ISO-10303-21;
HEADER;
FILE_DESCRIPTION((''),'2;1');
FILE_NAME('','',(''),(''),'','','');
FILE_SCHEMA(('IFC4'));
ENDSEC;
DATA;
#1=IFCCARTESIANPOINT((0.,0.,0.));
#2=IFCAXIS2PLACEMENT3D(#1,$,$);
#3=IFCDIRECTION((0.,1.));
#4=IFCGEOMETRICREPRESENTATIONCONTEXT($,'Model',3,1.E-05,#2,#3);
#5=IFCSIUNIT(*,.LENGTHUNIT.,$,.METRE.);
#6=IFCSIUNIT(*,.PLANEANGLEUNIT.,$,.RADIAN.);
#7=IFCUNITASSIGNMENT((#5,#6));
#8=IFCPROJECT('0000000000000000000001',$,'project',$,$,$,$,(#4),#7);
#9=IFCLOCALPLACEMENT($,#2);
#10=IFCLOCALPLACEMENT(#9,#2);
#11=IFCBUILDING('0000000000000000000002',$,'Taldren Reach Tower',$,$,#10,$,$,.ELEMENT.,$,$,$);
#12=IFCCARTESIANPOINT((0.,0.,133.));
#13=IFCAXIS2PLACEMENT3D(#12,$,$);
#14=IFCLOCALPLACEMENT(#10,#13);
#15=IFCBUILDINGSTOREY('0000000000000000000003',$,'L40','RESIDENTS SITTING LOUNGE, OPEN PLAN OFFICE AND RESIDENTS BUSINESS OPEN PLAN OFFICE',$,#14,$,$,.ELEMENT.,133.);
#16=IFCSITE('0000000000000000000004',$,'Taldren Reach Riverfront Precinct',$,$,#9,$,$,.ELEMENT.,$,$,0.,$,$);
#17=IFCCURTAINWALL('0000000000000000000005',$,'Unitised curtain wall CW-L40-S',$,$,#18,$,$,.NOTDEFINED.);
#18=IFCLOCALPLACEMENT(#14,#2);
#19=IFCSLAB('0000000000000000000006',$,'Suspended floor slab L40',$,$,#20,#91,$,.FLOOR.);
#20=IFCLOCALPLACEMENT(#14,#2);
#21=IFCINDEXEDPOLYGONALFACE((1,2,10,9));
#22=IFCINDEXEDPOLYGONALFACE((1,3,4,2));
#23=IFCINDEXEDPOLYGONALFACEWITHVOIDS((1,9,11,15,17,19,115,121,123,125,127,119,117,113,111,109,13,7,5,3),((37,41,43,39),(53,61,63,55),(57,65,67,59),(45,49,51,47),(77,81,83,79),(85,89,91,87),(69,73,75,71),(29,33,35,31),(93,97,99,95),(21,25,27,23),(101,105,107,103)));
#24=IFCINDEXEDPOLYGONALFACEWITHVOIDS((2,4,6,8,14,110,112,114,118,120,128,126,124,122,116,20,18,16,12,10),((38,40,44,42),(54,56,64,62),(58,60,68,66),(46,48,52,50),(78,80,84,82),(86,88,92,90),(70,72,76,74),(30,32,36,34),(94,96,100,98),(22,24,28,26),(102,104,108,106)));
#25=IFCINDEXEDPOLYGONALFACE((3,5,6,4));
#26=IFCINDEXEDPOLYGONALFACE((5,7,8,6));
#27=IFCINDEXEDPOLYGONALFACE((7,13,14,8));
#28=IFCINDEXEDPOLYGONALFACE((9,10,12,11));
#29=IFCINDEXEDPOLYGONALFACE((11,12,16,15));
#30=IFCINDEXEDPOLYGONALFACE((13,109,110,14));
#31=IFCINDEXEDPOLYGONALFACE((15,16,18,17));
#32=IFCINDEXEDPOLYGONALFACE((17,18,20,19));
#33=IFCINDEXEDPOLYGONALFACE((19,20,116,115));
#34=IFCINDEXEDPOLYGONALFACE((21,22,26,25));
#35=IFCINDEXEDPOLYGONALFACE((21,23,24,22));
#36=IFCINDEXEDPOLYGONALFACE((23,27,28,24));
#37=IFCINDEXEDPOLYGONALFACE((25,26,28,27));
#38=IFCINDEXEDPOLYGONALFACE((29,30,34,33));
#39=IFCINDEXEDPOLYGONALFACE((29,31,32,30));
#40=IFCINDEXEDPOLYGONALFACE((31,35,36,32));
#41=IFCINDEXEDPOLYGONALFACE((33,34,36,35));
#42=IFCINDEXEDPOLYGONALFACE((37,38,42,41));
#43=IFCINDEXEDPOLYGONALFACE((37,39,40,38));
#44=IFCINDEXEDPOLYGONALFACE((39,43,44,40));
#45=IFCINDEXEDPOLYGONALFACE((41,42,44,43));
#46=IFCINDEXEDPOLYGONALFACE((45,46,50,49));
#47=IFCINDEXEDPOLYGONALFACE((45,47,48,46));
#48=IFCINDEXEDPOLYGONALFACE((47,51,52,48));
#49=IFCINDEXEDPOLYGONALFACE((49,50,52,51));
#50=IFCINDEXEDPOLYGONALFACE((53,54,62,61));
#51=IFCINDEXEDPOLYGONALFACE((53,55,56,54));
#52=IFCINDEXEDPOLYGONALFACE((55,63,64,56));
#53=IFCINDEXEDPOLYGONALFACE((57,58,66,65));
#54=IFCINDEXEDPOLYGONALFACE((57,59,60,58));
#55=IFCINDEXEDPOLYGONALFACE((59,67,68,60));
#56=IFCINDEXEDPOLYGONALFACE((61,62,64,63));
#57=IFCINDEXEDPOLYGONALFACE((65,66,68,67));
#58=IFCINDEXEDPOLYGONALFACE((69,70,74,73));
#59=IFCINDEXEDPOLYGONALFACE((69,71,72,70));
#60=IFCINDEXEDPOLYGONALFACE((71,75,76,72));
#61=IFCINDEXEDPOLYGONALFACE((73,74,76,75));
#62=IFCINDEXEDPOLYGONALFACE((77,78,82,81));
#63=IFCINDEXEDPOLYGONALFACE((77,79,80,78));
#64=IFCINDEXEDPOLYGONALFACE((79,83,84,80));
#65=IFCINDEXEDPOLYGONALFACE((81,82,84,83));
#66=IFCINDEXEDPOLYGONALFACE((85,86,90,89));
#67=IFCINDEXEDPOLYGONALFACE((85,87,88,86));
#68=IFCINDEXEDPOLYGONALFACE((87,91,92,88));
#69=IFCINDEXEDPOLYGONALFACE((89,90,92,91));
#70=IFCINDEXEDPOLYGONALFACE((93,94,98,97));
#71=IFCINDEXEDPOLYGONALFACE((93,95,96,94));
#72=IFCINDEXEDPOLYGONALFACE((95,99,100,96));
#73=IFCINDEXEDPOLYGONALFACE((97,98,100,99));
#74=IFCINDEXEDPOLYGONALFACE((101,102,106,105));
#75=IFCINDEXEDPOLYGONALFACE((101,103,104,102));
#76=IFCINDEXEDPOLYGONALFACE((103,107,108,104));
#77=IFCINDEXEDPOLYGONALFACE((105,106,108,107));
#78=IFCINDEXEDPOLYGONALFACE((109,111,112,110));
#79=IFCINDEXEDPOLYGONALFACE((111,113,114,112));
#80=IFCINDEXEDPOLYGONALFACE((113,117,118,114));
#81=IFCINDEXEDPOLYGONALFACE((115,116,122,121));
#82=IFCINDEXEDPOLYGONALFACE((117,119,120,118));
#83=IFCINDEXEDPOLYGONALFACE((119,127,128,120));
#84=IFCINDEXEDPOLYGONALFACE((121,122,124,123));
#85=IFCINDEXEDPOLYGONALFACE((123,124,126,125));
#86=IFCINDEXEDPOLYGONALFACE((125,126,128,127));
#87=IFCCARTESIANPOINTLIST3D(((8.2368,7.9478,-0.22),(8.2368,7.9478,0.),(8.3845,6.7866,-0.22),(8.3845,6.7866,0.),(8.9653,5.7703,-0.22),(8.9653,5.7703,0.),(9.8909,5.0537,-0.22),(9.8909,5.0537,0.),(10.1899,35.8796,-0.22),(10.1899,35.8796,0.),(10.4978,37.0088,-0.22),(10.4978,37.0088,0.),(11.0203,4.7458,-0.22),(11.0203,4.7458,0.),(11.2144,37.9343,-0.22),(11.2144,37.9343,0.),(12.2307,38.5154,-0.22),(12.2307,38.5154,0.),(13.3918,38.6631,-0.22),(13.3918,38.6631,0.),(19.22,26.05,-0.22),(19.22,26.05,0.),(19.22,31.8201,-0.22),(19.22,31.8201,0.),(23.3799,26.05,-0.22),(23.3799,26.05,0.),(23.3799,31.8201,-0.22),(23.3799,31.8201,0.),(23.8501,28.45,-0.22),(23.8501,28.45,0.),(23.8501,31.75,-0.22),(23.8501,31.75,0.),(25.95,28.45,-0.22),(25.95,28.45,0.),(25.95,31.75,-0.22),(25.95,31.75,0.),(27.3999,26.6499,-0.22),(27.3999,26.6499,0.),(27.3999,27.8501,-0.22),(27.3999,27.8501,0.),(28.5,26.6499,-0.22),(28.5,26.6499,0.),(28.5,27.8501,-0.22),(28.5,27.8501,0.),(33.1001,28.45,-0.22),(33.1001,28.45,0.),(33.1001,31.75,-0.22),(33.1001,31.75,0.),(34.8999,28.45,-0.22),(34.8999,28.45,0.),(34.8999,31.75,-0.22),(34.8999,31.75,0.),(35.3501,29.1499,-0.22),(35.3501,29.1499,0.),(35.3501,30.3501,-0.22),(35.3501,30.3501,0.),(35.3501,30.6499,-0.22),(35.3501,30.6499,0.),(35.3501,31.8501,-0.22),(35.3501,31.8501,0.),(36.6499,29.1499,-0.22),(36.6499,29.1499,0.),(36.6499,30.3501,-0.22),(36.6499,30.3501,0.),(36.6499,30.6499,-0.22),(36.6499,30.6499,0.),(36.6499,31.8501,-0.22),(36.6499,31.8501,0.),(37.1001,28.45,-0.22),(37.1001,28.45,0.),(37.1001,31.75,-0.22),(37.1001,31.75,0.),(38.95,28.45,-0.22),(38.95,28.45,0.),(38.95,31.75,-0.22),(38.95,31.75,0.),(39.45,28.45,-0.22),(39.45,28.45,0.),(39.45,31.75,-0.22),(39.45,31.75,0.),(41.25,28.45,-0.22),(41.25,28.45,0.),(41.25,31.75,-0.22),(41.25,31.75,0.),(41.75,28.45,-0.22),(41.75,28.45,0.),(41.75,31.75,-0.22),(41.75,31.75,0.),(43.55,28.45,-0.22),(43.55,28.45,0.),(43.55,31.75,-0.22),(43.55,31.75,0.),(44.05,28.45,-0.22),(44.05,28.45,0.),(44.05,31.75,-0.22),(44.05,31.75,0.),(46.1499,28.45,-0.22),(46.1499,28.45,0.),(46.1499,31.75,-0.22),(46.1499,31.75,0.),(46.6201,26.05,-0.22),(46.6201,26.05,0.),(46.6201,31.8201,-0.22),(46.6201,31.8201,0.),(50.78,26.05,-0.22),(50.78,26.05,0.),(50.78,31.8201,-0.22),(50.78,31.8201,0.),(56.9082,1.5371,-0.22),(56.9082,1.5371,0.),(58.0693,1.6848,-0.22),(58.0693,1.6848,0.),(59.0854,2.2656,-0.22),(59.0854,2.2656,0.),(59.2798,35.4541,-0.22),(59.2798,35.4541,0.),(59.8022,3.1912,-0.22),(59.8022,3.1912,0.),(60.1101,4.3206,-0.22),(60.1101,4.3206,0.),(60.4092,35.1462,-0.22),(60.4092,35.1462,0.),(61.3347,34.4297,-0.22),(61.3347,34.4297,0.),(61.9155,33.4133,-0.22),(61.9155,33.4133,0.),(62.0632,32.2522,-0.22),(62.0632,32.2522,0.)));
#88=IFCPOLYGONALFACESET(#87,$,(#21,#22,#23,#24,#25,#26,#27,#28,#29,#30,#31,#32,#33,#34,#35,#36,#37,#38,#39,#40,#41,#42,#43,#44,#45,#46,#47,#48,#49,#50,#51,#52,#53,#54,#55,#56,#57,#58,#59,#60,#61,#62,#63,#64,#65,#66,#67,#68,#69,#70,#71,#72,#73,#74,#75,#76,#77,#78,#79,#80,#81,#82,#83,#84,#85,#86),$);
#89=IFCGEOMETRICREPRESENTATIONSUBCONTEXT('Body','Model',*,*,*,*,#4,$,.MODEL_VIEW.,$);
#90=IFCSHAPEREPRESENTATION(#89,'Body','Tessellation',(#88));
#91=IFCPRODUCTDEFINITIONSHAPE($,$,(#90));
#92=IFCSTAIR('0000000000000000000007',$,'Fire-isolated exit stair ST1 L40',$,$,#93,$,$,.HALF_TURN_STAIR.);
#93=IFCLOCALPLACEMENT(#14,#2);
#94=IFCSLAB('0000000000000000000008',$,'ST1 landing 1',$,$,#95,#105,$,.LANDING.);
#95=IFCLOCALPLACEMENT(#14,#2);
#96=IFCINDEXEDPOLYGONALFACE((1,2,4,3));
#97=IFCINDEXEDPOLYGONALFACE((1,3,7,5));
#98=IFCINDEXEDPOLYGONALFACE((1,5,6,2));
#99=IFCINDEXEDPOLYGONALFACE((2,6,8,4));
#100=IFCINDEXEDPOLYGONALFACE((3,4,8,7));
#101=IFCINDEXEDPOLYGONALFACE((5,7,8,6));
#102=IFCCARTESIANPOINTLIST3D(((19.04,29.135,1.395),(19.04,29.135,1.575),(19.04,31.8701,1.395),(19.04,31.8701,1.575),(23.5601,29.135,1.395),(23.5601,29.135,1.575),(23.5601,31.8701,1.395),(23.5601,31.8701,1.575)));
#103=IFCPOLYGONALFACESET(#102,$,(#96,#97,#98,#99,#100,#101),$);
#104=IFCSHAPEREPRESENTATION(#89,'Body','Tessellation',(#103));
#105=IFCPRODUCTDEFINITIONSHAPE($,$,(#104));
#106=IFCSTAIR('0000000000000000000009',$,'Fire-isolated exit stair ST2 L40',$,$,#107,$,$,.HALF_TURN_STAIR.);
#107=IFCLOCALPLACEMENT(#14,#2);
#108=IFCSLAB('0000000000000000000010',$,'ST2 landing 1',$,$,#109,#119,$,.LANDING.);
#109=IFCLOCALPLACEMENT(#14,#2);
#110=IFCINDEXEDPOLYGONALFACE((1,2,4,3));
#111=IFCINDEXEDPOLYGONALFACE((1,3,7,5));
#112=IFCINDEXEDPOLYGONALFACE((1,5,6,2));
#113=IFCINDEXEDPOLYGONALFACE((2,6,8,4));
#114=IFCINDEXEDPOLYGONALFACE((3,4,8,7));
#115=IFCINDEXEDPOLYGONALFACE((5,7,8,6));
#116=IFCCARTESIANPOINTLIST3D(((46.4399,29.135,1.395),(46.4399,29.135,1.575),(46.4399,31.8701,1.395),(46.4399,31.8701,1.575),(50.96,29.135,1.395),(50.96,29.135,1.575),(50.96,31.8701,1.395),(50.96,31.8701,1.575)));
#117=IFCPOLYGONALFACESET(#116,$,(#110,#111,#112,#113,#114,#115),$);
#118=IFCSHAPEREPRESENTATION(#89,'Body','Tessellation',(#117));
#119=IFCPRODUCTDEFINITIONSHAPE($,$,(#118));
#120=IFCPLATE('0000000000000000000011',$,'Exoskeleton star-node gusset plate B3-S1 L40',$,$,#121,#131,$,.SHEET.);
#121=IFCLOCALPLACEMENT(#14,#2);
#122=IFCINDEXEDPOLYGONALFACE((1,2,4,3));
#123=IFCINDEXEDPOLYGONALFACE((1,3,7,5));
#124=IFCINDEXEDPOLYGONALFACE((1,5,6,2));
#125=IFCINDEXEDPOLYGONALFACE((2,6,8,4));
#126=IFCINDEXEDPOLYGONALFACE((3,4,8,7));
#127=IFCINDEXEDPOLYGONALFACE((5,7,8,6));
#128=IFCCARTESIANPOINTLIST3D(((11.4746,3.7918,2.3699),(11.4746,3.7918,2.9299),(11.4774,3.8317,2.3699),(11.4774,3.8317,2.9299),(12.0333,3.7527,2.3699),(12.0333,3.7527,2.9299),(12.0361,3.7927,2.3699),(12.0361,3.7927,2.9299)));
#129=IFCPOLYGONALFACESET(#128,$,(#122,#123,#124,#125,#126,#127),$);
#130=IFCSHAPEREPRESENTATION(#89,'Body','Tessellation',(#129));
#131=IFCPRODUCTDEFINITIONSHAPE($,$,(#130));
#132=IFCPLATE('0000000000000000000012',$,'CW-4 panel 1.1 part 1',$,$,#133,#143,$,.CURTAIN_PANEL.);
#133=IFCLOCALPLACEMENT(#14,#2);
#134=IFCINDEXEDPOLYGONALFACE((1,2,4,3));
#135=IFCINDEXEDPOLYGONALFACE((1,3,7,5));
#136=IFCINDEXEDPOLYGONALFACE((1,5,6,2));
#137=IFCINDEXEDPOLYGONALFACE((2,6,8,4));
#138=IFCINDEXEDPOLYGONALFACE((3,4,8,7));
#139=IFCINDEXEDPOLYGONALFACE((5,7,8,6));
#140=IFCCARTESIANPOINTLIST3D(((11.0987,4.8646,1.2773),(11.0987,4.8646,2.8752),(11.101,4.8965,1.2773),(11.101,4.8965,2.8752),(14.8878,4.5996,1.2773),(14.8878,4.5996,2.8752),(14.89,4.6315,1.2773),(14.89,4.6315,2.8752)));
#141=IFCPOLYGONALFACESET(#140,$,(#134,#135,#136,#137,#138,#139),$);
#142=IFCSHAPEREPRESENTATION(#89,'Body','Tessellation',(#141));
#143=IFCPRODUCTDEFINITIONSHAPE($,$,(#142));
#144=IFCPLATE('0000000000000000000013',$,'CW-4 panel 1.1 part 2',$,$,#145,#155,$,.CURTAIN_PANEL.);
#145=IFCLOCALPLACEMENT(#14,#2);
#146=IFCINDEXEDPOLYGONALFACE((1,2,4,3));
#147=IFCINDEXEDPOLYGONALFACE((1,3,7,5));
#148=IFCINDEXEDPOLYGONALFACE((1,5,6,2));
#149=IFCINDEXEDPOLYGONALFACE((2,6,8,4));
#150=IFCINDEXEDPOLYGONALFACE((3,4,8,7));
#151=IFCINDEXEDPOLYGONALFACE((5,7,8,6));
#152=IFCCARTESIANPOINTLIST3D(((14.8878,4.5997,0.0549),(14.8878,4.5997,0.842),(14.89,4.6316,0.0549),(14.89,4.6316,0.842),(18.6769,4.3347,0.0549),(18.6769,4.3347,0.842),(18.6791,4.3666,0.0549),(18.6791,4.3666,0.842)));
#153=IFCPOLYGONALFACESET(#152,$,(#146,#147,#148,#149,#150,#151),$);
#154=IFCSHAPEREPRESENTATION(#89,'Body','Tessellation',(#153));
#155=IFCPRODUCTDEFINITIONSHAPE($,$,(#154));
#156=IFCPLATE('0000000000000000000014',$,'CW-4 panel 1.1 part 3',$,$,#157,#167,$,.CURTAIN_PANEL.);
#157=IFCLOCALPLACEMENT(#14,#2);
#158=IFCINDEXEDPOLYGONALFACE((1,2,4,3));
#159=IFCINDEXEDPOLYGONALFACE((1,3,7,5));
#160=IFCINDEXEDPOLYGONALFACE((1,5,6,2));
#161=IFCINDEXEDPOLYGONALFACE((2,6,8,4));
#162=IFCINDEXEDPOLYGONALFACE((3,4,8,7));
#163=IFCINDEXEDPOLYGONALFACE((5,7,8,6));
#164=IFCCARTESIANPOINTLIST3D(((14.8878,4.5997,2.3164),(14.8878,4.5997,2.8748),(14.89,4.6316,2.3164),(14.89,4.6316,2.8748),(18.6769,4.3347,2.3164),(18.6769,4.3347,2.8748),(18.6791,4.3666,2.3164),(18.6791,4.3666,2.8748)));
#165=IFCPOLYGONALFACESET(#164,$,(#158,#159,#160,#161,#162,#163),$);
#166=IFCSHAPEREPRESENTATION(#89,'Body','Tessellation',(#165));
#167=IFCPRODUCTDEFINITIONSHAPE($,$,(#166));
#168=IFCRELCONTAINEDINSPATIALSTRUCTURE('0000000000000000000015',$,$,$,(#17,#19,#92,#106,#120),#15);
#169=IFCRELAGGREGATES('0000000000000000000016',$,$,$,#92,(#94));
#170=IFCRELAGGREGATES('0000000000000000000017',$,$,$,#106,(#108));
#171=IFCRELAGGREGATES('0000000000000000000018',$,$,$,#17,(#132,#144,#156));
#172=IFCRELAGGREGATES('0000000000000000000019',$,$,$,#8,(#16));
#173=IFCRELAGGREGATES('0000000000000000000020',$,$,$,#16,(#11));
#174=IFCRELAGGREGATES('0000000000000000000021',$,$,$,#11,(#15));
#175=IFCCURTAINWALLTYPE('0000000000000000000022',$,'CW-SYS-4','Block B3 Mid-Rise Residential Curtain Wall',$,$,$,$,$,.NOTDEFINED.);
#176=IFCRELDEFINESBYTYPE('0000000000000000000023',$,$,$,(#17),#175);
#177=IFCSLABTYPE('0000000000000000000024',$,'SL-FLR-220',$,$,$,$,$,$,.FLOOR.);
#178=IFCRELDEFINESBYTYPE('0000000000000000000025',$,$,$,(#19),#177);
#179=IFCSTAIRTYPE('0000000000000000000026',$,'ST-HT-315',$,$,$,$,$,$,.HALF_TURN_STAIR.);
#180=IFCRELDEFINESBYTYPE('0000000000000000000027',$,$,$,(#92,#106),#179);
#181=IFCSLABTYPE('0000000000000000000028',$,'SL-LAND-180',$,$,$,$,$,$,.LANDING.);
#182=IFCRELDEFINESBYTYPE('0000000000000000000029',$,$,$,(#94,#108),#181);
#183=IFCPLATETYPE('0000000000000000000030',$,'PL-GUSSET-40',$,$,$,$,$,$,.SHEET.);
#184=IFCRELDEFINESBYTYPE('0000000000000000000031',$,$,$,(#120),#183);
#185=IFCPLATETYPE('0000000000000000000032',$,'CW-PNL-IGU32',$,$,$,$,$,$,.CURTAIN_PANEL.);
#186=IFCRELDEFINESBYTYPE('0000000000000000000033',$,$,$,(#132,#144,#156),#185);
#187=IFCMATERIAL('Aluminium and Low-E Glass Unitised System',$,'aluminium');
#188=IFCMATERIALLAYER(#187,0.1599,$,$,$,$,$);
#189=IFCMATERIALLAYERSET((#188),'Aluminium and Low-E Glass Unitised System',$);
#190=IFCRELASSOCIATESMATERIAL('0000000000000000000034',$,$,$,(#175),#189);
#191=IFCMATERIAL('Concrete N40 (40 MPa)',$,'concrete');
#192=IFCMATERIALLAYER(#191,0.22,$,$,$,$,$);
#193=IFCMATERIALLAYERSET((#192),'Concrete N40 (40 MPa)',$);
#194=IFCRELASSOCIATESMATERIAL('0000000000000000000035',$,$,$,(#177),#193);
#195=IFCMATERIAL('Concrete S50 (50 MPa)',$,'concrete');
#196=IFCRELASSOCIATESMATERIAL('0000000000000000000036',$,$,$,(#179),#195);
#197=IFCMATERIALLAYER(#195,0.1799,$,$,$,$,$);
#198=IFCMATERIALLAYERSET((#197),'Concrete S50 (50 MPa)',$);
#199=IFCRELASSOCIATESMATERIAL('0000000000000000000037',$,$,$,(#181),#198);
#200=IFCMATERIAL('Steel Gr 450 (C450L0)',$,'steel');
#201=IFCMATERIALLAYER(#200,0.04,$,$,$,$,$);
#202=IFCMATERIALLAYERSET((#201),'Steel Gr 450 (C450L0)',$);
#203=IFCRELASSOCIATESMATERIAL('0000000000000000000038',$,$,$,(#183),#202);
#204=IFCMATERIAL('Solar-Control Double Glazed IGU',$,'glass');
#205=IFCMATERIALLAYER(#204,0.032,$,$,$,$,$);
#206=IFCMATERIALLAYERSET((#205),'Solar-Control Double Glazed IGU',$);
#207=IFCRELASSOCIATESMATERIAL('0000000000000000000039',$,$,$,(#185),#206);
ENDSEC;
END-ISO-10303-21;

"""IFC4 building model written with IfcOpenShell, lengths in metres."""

from ifc_helpers import new_model, si_unit, direction, frame, origin, origin_2d, place, context, subcontext, project, spatial, polyline, rectangle, outline, extrude, source, transform, mapped, material, layer, layer_set, type_object, element, aggregate, save


model = new_model("IFC4")

# Units and contexts
model_context = context("Model", 3, precision=1e-05, world=origin(), true_north=direction((0.0, 1.0)))
body_context = subcontext(model_context, "Body", "Model", "MODEL_VIEW")
ifc_project = project(units=[si_unit("LENGTHUNIT", "METRE"), si_unit("PLANEANGLEUNIT", "RADIAN")], contexts=[model_context])

# Site, building, storey
site_placement = place(None, origin())
site = spatial("IfcSite", under=ifc_project, at=site_placement, Name="Taldren Reach Riverfront Precinct", CompositionType="ELEMENT", RefElevation=0.0)
building_placement = place(site_placement, origin())
building = spatial("IfcBuilding", under=site, at=building_placement, Name="Taldren Reach Tower", CompositionType="ELEMENT")
storey_placement = place(building_placement, frame((0.0, 0.0, 133.0)))
storey = spatial("IfcBuildingStorey", under=building, at=storey_placement, Name="L40", Description="RESIDENTS SITTING LOUNGE, OPEN PLAN OFFICE AND RESIDENTS BUSINESS OPEN PLAN OFFICE", CompositionType="ELEMENT", Elevation=133.0)

# Shared definitions
ifc_material_1 = material(Name="Steel Gr 450 (C450L0)", Category="steel")

# Curtain wall
ifc_material_2 = material(Name="Aluminium and Low-E Glass Unitised System", Category="aluminium")
ifc_layer_1 = layer(ifc_material_2, 0.1599)
ifc_layer_set_1 = layer_set([ifc_layer_1], Name="Aluminium and Low-E Glass Unitised System")
curtain_wall_type = type_object("IfcCurtainWallType", Name="CW-SYS-4", Description="Block B3 Mid-Rise Residential Curtain Wall", PredefinedType="NOTDEFINED", material=ifc_layer_set_1)
curtain_wall_1_placement = place(storey_placement, origin())
curtain_wall_1 = element("IfcCurtainWall", 1, at=curtain_wall_1_placement, inside=storey, type_object=curtain_wall_type, Name="Unitised curtain wall CW-L40-S", PredefinedType="NOTDEFINED")

# Slab
ifc_material_3 = material(Name="Concrete N40 (40 MPa)", Category="concrete")
ifc_layer_2 = layer(ifc_material_3, 0.22)
ifc_layer_set_2 = layer_set([ifc_layer_2], Name="Concrete N40 (40 MPa)")
slab_type_1 = type_object("IfcSlabType", Name="SL-FLR-220", PredefinedType="FLOOR", material=ifc_layer_set_2)
slab_1_placement = place(storey_placement, frame((0.0, 0.0, -0.22)))
element("IfcSlab", 2, at=slab_1_placement, inside=storey, type_object=slab_type_1, Name="Suspended floor slab L40", PredefinedType="FLOOR", context=body_context, shape_type="SweptSolid", body=[
    extrude(outline(polyline([(56.9082, 1.5371), (58.0693, 1.6848), (59.0854, 2.2656), (59.8022, 3.1912), (60.1101, 4.3206), (62.0632, 32.2522), (61.9155, 33.4133), (61.3347, 34.4297), (60.4092, 35.1462), (59.2798, 35.4541), (13.3918, 38.6631), (12.2307, 38.5154), (11.2144, 37.9343), (10.4978, 37.0088), (10.1899, 35.8796), (8.2368, 7.9478), (8.3845, 6.7866), (8.9653, 5.7703), (9.8909, 5.0537), (11.0203, 4.7458), (56.9082, 1.5371)]), holes=[polyline([(19.22, 26.05), (23.3799, 26.05), (23.3799, 31.8201), (19.22, 31.8201), (19.22, 26.05)]), polyline([(46.6201, 26.05), (50.78, 26.05), (50.78, 31.8201), (46.6201, 31.8201), (46.6201, 26.05)]), polyline([(23.8501, 28.45), (25.95, 28.45), (25.95, 31.75), (23.8501, 31.75), (23.8501, 28.45)]), polyline([(44.05, 28.45), (46.1499, 28.45), (46.1499, 31.75), (44.05, 31.75), (44.05, 28.45)]), polyline([(33.1001, 28.45), (34.8999, 28.45), (34.8999, 31.75), (33.1001, 31.75), (33.1001, 28.45)]), polyline([(37.1001, 28.45), (38.95, 28.45), (38.95, 31.75), (37.1001, 31.75), (37.1001, 28.45)]), polyline([(39.45, 28.45), (41.25, 28.45), (41.25, 31.75), (39.45, 31.75), (39.45, 28.45)]), polyline([(41.75, 28.45), (43.55, 28.45), (43.55, 31.75), (41.75, 31.75), (41.75, 28.45)]), polyline([(35.3501, 30.6499), (36.6499, 30.6499), (36.6499, 31.8501), (35.3501, 31.8501), (35.3501, 30.6499)]), polyline([(35.3501, 29.1499), (36.6499, 29.1499), (36.6499, 30.3501), (35.3501, 30.3501), (35.3501, 29.1499)]), polyline([(27.3999, 26.6499), (28.5, 26.6499), (28.5, 27.8501), (27.3999, 27.8501), (27.3999, 26.6499)])]), origin(), (0.0, 0.0, 1.0), 0.22),
])

# Stairs, slabs
ifc_material_4 = material(Name="Concrete S50 (50 MPa)", Category="concrete")
stair_type = type_object("IfcStairType", Name="ST-HT-315", PredefinedType="HALF_TURN_STAIR", material=ifc_material_4)
stair_1_placement = place(storey_placement, origin())
stair_1 = element("IfcStair", 3, at=stair_1_placement, inside=storey, type_object=stair_type, Name="Fire-isolated exit stair ST1 L40", PredefinedType="HALF_TURN_STAIR")
ifc_layer_3 = layer(ifc_material_4, 0.1799)
ifc_layer_set_3 = layer_set([ifc_layer_3], Name="Concrete S50 (50 MPa)")
slab_type_2 = type_object("IfcSlabType", Name="SL-LAND-180", PredefinedType="LANDING", material=ifc_layer_set_3)
slab_2_placement = place(storey_placement, frame((0.0, 0.0, 1.395)))
slab_2 = element("IfcSlab", 4, at=slab_2_placement, type_object=slab_type_2, Name="ST1 landing 1", PredefinedType="LANDING", context=body_context, shape_type="SweptSolid", body=[
    extrude(outline(polyline([(19.04, 29.135), (23.5601, 29.135), (23.5601, 31.8701), (19.04, 31.8701), (19.04, 29.135)])), origin(), (0.0, 0.0, 1.0), 0.1799),
])
aggregate(stair_1, [slab_2])
stair_2_placement = place(storey_placement, origin())
stair_2 = element("IfcStair", 5, at=stair_2_placement, inside=storey, type_object=stair_type, Name="Fire-isolated exit stair ST2 L40", PredefinedType="HALF_TURN_STAIR")
slab_3_placement = place(storey_placement, frame((0.0, 0.0, 1.395)))
slab_3 = element("IfcSlab", 6, at=slab_3_placement, type_object=slab_type_2, Name="ST2 landing 1", PredefinedType="LANDING", context=body_context, shape_type="SweptSolid", body=[
    extrude(outline(polyline([(46.4399, 29.135), (50.96, 29.135), (50.96, 31.8701), (46.4399, 31.8701), (46.4399, 29.135)])), origin(), (0.0, 0.0, 1.0), 0.1799),
])
aggregate(stair_2, [slab_3])

# Plates
ifc_layer_4 = layer(ifc_material_1, 0.04)
ifc_layer_set_4 = layer_set([ifc_layer_4], Name="Steel Gr 450 (C450L0)")
plate_type_1 = type_object("IfcPlateType", Name="PL-GUSSET-40", PredefinedType="SHEET", material=ifc_layer_set_4)
shared_shape_1 = source(origin(), body_context, "Body", "SweptSolid", [
    extrude(rectangle(XDim=0.5601, YDim=0.04, at=origin_2d()), origin(), (0.0, 0.0, 1.0), 0.5601),
])
plate_1_placement = place(storey_placement, frame((11.7554, 3.7922, 2.3699), z_axis=(0.0, 0.0, 1.0), x_axis=(0.997564, -0.069756, 0.0)))
element("IfcPlate", 7, at=plate_1_placement, inside=storey, type_object=plate_type_1, Name="Exoskeleton star-node gusset plate B3-S1 L40", PredefinedType="SHEET", context=body_context, shape_type="MappedRepresentation", body=[
    mapped(shared_shape_1, transform((0.0, 0.0, 0.0), scale=1.0)),
])
ifc_material_5 = material(Name="Solar-Control Double Glazed IGU", Category="glass")
ifc_layer_5 = layer(ifc_material_5, 0.032)
ifc_layer_set_5 = layer_set([ifc_layer_5], Name="Solar-Control Double Glazed IGU")
plate_type_2 = type_object("IfcPlateType", Name="CW-PNL-IGU32", PredefinedType="CURTAIN_PANEL", material=ifc_layer_set_5)
shared_shape_2 = source(origin(), body_context, "Body", "SweptSolid", [
    extrude(rectangle(XDim=3.7983, YDim=0.032, at=origin_2d()), origin(), (0.0, 0.0, 1.0), 1.5979),
])
plate_2_placement = place(storey_placement, frame((12.9944, 4.748, 1.2773), z_axis=(0.0, 0.0, 1.0), x_axis=(0.997564, -0.069757, 0.0)))
plate_2 = element("IfcPlate", 8, at=plate_2_placement, type_object=plate_type_2, Name="CW-4 panel 1.1 part 1", PredefinedType="CURTAIN_PANEL", context=body_context, shape_type="MappedRepresentation", body=[
    mapped(shared_shape_2, transform((0.0, 0.0, 0.0), scale=1.0)),
])
shared_shape_3 = source(origin(), body_context, "Body", "SweptSolid", [
    extrude(rectangle(XDim=3.7983, YDim=0.032, at=origin_2d()), origin(), (0.0, 0.0, 1.0), 0.7871),
])
plate_3_placement = place(storey_placement, frame((16.7834, 4.4832, 0.0549), z_axis=(0.0, 0.0, 1.0), x_axis=(0.997564, -0.069757, 0.0)))
plate_3 = element("IfcPlate", 9, at=plate_3_placement, type_object=plate_type_2, Name="CW-4 panel 1.1 part 2", PredefinedType="CURTAIN_PANEL", context=body_context, shape_type="MappedRepresentation", body=[
    mapped(shared_shape_3, transform((0.0, 0.0, 0.0), scale=1.0)),
])
shared_shape_4 = source(origin(), body_context, "Body", "SweptSolid", [
    extrude(rectangle(XDim=3.7983, YDim=0.032, at=origin_2d()), origin(), (0.0, 0.0, 1.0), 0.5583),
])
plate_4_placement = place(storey_placement, frame((16.7834, 4.4832, 2.3164), z_axis=(0.0, 0.0, 1.0), x_axis=(0.997564, -0.069757, 0.0)))
plate_4 = element("IfcPlate", 10, at=plate_4_placement, type_object=plate_type_2, Name="CW-4 panel 1.1 part 3", PredefinedType="CURTAIN_PANEL", context=body_context, shape_type="MappedRepresentation", body=[
    mapped(shared_shape_4, transform((0.0, 0.0, 0.0), scale=1.0)),
])
aggregate(curtain_wall_1, [plate_2, plate_3, plate_4])

save(model, "model.ifc")
